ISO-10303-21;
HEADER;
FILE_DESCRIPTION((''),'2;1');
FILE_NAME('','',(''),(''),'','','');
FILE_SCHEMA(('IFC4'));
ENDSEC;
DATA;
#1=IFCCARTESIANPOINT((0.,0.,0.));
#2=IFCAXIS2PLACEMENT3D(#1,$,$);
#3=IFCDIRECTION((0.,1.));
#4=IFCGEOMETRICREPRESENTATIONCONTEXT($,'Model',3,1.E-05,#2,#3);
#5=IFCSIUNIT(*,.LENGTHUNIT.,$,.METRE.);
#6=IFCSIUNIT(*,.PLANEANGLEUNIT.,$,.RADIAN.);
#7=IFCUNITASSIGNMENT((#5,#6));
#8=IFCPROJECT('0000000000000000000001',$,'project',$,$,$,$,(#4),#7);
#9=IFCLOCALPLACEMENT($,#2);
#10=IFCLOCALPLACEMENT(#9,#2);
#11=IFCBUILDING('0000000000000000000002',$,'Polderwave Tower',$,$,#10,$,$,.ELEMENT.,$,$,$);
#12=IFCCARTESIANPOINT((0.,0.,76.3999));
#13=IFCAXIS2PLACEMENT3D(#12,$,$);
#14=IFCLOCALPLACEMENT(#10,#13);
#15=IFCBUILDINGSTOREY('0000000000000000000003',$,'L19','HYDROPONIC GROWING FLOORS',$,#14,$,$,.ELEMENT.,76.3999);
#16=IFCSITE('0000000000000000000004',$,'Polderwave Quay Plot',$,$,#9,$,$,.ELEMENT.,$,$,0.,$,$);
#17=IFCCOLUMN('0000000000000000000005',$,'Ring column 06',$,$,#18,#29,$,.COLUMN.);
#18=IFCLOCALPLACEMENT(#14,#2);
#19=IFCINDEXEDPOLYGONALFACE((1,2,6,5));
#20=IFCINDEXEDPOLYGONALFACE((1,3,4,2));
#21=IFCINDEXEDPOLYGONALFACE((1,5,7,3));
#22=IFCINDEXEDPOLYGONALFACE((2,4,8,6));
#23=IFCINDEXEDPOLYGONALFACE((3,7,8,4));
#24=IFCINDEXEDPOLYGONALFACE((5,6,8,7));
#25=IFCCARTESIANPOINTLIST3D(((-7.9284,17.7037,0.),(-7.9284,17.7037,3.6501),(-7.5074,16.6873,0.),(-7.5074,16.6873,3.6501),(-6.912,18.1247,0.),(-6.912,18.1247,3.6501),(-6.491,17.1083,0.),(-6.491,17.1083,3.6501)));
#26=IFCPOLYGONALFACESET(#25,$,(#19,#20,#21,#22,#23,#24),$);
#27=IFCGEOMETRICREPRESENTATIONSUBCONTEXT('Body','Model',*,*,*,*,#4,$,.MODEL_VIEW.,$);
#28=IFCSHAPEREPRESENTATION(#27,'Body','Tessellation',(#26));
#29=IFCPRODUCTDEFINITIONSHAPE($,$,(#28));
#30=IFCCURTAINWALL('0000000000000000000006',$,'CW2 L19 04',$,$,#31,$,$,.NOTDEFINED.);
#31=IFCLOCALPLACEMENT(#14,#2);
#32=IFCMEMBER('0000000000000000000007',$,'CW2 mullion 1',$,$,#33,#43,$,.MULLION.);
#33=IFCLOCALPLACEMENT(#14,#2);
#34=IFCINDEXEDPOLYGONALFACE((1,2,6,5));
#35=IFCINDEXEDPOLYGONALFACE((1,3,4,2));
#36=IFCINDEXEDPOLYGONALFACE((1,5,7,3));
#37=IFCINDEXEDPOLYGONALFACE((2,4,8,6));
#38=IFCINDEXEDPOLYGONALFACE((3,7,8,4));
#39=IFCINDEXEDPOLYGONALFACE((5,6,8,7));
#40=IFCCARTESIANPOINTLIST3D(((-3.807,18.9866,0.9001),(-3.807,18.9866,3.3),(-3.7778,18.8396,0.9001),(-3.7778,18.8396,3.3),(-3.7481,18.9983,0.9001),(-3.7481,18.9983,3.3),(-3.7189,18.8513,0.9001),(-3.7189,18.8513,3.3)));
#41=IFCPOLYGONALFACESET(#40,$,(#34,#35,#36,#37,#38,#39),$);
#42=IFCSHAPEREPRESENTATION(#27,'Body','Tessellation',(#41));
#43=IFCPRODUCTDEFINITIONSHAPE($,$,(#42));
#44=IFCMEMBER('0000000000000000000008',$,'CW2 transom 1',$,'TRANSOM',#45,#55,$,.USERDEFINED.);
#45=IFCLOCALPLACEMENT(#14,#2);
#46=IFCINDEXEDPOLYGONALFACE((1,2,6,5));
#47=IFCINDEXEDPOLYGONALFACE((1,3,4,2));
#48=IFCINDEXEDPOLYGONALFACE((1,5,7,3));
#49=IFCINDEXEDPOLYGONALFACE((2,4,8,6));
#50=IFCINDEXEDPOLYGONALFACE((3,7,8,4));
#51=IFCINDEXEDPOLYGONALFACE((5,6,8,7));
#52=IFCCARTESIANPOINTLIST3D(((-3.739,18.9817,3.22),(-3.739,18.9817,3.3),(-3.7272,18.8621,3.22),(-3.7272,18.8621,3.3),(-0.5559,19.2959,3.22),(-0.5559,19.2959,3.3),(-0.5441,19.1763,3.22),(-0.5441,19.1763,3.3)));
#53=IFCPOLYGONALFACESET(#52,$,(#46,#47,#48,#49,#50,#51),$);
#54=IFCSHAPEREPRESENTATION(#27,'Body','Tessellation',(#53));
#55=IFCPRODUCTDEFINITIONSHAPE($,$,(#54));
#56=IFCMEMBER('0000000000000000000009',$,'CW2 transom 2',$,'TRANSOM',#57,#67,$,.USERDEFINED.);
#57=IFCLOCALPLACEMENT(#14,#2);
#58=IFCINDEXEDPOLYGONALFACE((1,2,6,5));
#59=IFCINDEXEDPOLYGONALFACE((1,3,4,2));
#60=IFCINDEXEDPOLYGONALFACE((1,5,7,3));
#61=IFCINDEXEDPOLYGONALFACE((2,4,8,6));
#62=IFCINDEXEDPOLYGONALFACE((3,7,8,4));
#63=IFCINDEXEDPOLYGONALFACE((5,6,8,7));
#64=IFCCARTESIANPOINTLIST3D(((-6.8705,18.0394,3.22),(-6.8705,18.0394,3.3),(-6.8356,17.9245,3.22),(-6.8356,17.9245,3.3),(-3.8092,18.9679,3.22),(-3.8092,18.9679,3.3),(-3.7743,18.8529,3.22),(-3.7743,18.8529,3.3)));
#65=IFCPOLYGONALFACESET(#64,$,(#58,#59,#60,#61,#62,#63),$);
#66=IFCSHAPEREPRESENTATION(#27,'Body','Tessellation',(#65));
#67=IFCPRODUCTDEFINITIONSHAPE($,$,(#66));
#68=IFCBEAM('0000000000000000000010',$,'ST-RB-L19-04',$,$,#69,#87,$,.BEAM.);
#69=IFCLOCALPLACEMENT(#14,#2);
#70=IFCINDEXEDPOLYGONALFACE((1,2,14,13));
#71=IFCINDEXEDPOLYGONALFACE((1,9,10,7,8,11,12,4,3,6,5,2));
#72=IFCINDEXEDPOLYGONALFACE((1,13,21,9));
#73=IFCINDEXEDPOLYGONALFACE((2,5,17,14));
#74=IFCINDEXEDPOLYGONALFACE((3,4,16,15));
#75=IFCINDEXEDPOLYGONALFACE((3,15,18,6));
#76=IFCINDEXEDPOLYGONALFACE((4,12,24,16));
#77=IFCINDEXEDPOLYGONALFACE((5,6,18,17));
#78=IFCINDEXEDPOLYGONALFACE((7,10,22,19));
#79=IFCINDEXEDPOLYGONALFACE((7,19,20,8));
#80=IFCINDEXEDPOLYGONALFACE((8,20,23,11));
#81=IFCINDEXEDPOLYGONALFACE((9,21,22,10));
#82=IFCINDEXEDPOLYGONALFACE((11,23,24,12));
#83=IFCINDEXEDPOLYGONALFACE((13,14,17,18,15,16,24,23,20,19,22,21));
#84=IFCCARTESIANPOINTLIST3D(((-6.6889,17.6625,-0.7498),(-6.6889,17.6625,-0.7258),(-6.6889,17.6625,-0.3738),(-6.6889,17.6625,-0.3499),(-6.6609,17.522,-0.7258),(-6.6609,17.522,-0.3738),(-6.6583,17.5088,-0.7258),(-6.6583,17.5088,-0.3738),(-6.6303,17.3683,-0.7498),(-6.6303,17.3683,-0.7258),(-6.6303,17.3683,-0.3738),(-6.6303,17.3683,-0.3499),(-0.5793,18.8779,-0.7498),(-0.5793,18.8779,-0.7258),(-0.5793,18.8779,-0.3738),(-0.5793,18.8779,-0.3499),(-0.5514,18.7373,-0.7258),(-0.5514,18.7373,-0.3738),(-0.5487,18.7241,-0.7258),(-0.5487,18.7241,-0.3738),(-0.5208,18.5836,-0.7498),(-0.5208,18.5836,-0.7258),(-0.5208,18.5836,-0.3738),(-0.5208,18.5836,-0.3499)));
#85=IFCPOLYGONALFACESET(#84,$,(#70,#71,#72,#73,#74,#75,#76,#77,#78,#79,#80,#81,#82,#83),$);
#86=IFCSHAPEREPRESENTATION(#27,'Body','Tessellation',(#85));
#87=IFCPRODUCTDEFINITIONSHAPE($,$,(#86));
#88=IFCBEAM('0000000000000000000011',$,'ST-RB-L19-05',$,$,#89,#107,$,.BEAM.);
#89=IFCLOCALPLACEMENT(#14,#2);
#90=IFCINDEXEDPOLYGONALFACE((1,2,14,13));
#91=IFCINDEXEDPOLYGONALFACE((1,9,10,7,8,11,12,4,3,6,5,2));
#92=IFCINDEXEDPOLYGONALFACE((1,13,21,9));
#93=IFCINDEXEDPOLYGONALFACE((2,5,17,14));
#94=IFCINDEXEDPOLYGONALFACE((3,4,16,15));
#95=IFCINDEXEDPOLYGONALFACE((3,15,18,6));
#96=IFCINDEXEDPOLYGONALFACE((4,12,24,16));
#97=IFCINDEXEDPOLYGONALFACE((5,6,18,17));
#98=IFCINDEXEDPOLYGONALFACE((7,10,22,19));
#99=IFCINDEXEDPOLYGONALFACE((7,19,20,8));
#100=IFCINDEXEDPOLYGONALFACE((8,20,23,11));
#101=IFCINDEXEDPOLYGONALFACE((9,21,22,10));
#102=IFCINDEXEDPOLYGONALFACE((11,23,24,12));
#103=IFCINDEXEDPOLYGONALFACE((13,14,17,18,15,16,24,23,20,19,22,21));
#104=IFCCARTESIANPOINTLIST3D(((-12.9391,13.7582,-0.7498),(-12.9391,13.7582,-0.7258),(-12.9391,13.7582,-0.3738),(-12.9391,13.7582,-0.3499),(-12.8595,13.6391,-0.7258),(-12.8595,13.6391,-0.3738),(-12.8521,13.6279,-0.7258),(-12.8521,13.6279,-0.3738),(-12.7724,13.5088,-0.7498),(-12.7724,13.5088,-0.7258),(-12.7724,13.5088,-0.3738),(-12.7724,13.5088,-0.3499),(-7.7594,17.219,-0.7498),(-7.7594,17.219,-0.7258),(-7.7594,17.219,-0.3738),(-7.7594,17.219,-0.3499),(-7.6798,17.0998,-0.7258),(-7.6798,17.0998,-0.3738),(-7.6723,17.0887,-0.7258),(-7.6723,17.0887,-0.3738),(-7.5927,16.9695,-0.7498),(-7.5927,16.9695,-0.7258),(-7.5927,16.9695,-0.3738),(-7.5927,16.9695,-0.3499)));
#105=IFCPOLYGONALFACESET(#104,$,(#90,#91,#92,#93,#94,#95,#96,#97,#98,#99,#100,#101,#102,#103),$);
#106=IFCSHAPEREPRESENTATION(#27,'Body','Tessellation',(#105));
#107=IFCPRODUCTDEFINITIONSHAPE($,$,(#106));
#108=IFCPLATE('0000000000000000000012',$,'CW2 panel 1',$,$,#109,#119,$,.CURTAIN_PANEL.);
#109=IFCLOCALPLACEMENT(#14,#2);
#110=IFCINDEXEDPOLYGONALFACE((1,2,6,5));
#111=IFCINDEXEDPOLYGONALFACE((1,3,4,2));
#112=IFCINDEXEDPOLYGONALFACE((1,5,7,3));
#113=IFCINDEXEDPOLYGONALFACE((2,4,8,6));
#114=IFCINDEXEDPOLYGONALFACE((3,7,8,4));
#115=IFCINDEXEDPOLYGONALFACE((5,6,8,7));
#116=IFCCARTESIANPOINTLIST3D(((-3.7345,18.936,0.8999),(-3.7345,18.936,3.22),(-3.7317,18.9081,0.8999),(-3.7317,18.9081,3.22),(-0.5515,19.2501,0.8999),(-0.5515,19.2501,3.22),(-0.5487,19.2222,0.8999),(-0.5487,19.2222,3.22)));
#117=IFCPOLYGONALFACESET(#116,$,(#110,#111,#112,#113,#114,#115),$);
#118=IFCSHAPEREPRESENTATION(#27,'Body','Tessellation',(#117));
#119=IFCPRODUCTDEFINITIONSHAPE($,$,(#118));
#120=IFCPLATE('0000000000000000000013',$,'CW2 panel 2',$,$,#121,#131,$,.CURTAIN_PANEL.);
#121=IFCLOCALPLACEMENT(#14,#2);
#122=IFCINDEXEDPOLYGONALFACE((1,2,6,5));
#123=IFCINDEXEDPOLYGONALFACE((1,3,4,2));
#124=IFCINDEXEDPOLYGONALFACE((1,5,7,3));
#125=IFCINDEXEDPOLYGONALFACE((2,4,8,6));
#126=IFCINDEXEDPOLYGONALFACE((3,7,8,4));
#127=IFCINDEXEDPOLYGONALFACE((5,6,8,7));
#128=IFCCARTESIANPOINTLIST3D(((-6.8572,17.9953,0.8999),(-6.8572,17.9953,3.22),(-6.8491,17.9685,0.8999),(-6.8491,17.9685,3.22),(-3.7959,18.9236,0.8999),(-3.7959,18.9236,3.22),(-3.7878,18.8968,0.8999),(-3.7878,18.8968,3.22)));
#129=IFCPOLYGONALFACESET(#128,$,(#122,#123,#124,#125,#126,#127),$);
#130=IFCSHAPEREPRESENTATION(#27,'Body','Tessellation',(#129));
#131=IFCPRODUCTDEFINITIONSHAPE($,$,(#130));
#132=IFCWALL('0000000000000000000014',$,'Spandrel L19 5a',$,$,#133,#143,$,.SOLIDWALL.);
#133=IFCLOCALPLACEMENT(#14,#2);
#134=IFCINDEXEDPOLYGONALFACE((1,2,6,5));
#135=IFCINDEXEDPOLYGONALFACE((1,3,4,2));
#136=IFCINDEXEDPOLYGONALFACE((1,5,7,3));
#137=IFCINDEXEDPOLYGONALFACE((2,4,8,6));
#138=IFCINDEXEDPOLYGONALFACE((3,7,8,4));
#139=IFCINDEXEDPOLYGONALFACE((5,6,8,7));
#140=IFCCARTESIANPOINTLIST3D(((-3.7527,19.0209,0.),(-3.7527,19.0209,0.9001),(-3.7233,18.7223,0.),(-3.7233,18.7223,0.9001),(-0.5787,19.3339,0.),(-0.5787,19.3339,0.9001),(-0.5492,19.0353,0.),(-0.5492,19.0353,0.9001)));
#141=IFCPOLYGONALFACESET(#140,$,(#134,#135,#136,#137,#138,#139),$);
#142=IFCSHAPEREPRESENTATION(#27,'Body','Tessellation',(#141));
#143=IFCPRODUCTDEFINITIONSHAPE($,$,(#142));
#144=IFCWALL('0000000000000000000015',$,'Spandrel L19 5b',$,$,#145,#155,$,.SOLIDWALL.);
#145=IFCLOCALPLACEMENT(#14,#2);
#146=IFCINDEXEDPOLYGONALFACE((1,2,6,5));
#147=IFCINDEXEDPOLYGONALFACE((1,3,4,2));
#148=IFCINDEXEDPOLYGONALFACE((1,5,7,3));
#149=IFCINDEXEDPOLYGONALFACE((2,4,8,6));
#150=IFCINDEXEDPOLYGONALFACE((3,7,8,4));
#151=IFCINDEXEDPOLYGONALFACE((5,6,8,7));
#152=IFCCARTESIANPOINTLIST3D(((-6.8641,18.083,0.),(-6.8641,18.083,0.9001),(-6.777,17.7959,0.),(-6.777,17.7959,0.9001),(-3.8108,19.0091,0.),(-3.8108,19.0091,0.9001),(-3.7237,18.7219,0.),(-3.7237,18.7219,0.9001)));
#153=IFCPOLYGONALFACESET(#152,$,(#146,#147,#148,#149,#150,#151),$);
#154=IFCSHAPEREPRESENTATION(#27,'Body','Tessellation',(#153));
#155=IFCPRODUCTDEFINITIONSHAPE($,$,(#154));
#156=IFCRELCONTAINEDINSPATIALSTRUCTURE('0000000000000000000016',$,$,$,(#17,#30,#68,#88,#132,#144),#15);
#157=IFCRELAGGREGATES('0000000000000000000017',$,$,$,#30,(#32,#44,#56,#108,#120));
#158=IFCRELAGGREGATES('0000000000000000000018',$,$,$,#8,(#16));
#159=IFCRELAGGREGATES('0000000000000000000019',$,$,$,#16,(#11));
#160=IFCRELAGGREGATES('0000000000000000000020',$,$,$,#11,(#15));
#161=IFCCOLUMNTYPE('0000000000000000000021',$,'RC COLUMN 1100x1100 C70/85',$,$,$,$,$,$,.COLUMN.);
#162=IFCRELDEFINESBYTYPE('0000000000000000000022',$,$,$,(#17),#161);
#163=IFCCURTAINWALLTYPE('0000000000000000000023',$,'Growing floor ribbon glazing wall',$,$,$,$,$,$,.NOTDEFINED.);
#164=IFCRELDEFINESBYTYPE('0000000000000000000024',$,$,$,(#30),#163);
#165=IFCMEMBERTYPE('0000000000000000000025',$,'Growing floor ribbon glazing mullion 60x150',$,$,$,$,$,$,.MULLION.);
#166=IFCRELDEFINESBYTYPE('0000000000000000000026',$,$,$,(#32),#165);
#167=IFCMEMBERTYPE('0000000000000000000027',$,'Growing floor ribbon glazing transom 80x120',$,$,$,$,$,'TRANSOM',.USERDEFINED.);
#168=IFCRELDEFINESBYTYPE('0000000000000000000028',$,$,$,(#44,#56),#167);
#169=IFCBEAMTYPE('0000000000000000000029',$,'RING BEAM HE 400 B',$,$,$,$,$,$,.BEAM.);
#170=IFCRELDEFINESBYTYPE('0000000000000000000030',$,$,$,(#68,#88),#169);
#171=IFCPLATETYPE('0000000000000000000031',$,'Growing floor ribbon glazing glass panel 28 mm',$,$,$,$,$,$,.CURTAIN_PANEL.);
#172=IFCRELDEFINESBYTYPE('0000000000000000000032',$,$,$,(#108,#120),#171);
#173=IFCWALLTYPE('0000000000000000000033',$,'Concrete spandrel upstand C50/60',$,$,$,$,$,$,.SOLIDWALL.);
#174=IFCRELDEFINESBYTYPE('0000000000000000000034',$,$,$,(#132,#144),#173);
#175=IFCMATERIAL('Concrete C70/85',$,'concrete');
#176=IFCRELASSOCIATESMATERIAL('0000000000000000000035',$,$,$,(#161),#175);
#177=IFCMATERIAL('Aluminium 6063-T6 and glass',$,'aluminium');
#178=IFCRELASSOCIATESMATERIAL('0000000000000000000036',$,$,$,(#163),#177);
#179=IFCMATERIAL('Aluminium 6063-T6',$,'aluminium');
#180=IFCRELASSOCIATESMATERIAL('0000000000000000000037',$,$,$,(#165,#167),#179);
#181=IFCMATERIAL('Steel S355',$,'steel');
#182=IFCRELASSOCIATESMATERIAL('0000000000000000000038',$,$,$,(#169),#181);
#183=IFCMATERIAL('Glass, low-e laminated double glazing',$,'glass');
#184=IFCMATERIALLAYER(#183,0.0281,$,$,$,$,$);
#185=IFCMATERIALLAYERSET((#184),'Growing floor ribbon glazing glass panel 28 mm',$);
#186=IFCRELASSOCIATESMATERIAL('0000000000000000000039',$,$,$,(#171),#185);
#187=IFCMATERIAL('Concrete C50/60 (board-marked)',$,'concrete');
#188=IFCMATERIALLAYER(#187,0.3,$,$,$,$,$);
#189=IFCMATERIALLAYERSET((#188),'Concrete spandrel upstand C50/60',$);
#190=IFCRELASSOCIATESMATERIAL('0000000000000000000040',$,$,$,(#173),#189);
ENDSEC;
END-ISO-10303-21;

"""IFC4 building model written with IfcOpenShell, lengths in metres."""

from ifc_helpers import new_model, si_unit, direction, frame, frame_2d, origin, origin_2d, place, context, subcontext, project, spatial, rectangle, i_section, extrude, material, layer, layer_set, material_profile, profile_set, type_object, element, aggregate, save


model = new_model("IFC4")

# Units and contexts
model_context = context("Model", 3, precision=1e-05, world=origin(), true_north=direction((0.0, 1.0)))
body_context = subcontext(model_context, "Body", "Model", "MODEL_VIEW")
ifc_project = project(units=[si_unit("LENGTHUNIT", "METRE"), si_unit("PLANEANGLEUNIT", "RADIAN")], contexts=[model_context])

# Site, building, storey
site_placement = place(None, origin())
site = spatial("IfcSite", under=ifc_project, at=site_placement, Name="Polderwave Quay Plot", CompositionType="ELEMENT", RefElevation=0.0)
building_placement = place(site_placement, origin())
building = spatial("IfcBuilding", under=site, at=building_placement, Name="Polderwave Tower", CompositionType="ELEMENT")
storey_placement = place(building_placement, frame((0.0, 0.0, 76.3999)))
storey = spatial("IfcBuildingStorey", under=building, at=storey_placement, Name="L19", Description="HYDROPONIC GROWING FLOORS", CompositionType="ELEMENT", Elevation=76.3999)

# Column
ifc_material_1 = material(Name="Concrete C70/85", Category="concrete")
ifc_material_profile_1 = material_profile(ifc_material_1, rectangle(XDim=1.1001, YDim=1.1001, at=origin_2d()), Name="RC 1100x1100")
ifc_profile_set_1 = profile_set([ifc_material_profile_1], Name="Concrete C70/85")
column_type = type_object("IfcColumnType", Name="RC COLUMN 1100x1100 C70/85", PredefinedType="COLUMN", material=ifc_profile_set_1)
column_placement = place(storey_placement, frame((-7.2097, 17.406, 0.0), z_axis=(0.0, 0.0, 1.0), x_axis=(-0.382683, 0.92388, 0.0)))
element("IfcColumn", 1, at=column_placement, inside=storey, type_object=column_type, Name="Ring column 06", PredefinedType="COLUMN", context=body_context, shape_type="SweptSolid", body=[
    extrude(rectangle(XDim=1.1001, YDim=1.1001, at=origin_2d()), origin(), (0.0, 0.0, 1.0), 3.6501),
])

# Curtain wall, members
ifc_material_2 = material(Name="Aluminium 6063-T6 and glass", Category="aluminium")
curtain_wall_type = type_object("IfcCurtainWallType", Name="Growing floor ribbon glazing wall", PredefinedType="NOTDEFINED", material=ifc_material_2)
curtain_wall_placement = place(storey_placement, origin())
curtain_wall = element("IfcCurtainWall", 2, at=curtain_wall_placement, inside=storey, type_object=curtain_wall_type, Name="CW2 L19 04", PredefinedType="NOTDEFINED")
ifc_material_3 = material(Name="Aluminium 6063-T6", Category="aluminium")
ifc_material_profile_2 = material_profile(ifc_material_3, rectangle(XDim=0.1499, YDim=0.0601, at=origin_2d()), Name="AL 60x150")
ifc_profile_set_2 = profile_set([ifc_material_profile_2], Name="Aluminium 6063-T6")
member_type_1 = type_object("IfcMemberType", Name="Growing floor ribbon glazing mullion 60x150", PredefinedType="MULLION", material=ifc_profile_set_2)
member_1_placement = place(storey_placement, frame((-3.7629, 18.9189, 0.9001), z_axis=(0.0, 0.0, 1.0), x_axis=(0.195123, -0.980779, 0.0)))
member_1 = element("IfcMember", 3, at=member_1_placement, type_object=member_type_1, Name="CW2 mullion 1", PredefinedType="MULLION", context=body_context, shape_type="SweptSolid", body=[
    extrude(rectangle(XDim=0.1499, YDim=0.0601, at=origin_2d()), origin(), (0.0, 0.0, 1.0), 2.3999),
])
ifc_material_profile_3 = material_profile(ifc_material_3, rectangle(XDim=0.1201, YDim=0.0801, at=origin_2d()), Name="AL 80x120")
ifc_profile_set_3 = profile_set([ifc_material_profile_3], Name="Aluminium 6063-T6")
member_type_2 = type_object("IfcMemberType", Name="Growing floor ribbon glazing transom 80x120", ElementType="TRANSOM", PredefinedType="USERDEFINED", material=ifc_profile_set_3)
member_2_placement = place(storey_placement, frame((-0.55, 19.2361, 3.26), z_axis=(-0.995163, -0.098234, 0.0), x_axis=(0.098234, -0.995163, 0.0)))
member_2 = element("IfcMember", 4, at=member_2_placement, type_object=member_type_2, Name="CW2 transom 1", ObjectType="TRANSOM", PredefinedType="USERDEFINED", context=body_context, shape_type="SweptSolid", body=[
    extrude(rectangle(XDim=0.1201, YDim=0.0801, at=origin_2d()), origin(), (0.0, 0.0, 1.0), 3.1985),
])
member_3_placement = place(storey_placement, frame((-3.7917, 18.9104, 3.26), z_axis=(-0.956954, -0.290238, 0.0), x_axis=(0.290238, -0.956954, 0.0)))
member_3 = element("IfcMember", 5, at=member_3_placement, type_object=member_type_2, Name="CW2 transom 2", ObjectType="TRANSOM", PredefinedType="USERDEFINED", context=body_context, shape_type="SweptSolid", body=[
    extrude(rectangle(XDim=0.1201, YDim=0.0801, at=origin_2d()), origin(), (0.0, 0.0, 1.0), 3.199),
])

# Beams
ifc_material_4 = material(Name="Steel S355", Category="steel")
ifc_material_profile_4 = material_profile(ifc_material_4, i_section(OverallWidth=0.3, OverallDepth=0.3999, WebThickness=0.0134, FlangeThickness=0.0239, at=origin_2d()), Name="HE 400 B")
ifc_profile_set_4 = profile_set([ifc_material_profile_4], Name="Steel S355")
beam_type = type_object("IfcBeamType", Name="RING BEAM HE 400 B", PredefinedType="BEAM", material=ifc_profile_set_4)
beam_1_placement = place(storey_placement, frame((-0.55, 18.7307, -0.5498), z_axis=(-0.980784, -0.195099, 0.0), x_axis=(0.195099, -0.980784, 0.0)))
element("IfcBeam", 6, at=beam_1_placement, inside=storey, type_object=beam_type, Name="ST-RB-L19-04", PredefinedType="BEAM", context=body_context, shape_type="SweptSolid", body=[
    extrude(i_section(OverallWidth=0.3, OverallDepth=0.3999, WebThickness=0.0134, FlangeThickness=0.0239, at=origin_2d()), origin(), (0.0, 0.0, 1.0), 6.2292),
])
beam_2_placement = place(storey_placement, frame((-7.676, 17.0942, -0.5498), z_axis=(-0.831489, -0.555541, 0.0), x_axis=(0.555541, -0.831489, 0.0)))
element("IfcBeam", 7, at=beam_2_placement, inside=storey, type_object=beam_type, Name="ST-RB-L19-05", PredefinedType="BEAM", context=body_context, shape_type="SweptSolid", body=[
    extrude(i_section(OverallWidth=0.3, OverallDepth=0.3999, WebThickness=0.0134, FlangeThickness=0.0239, at=origin_2d()), origin(), (0.0, 0.0, 1.0), 6.2295),
])

# Plates
ifc_material_5 = material(Name="Glass, low-e laminated double glazing", Category="glass")
ifc_layer_1 = layer(ifc_material_5, 0.0281)
ifc_layer_set_1 = layer_set([ifc_layer_1], Name="Growing floor ribbon glazing glass panel 28 mm")
plate_type = type_object("IfcPlateType", Name="Growing floor ribbon glazing glass panel 28 mm", PredefinedType="CURTAIN_PANEL", material=ifc_layer_set_1)
plate_1_placement = place(storey_placement, frame((-2.1416, 19.0791, 0.8999), z_axis=(0.0, 0.0, 1.0), x_axis=(-0.995168, -0.098186, 0.0)))
plate_1 = element("IfcPlate", 8, at=plate_1_placement, type_object=plate_type, Name="CW2 panel 1", PredefinedType="CURTAIN_PANEL", context=body_context, shape_type="SweptSolid", body=[
    extrude(rectangle(XDim=3.1985, YDim=0.0281, at=origin_2d()), origin(), (0.0, 0.0, 1.0), 2.3201),
])
plate_2_placement = place(storey_placement, frame((-5.3225, 18.446, 0.8999), z_axis=(0.0, 0.0, 1.0), x_axis=(-0.95697, -0.290188, 0.0)))
plate_2 = element("IfcPlate", 9, at=plate_2_placement, type_object=plate_type, Name="CW2 panel 2", PredefinedType="CURTAIN_PANEL", context=body_context, shape_type="SweptSolid", body=[
    extrude(rectangle(XDim=3.199, YDim=0.0281, at=origin_2d()), origin(), (0.0, 0.0, 1.0), 2.3201),
])
aggregate(curtain_wall, [member_1, member_2, member_3, plate_1, plate_2])

# Walls
ifc_material_6 = material(Name="Concrete C50/60 (board-marked)", Category="concrete")
ifc_layer_2 = layer(ifc_material_6, 0.3)
ifc_layer_set_2 = layer_set([ifc_layer_2], Name="Concrete spandrel upstand C50/60")
wall_type_1 = type_object("IfcWallType", Name="Concrete spandrel upstand C50/60", PredefinedType="SOLIDWALL", material=ifc_layer_set_2)
wall_1_placement = place(storey_placement, frame((-0.564, 19.1846, 0.0), z_axis=(0.0, 0.0, 1.0), x_axis=(-0.995173, -0.098132, 0.0)))
element("IfcWall", 10, at=wall_1_placement, inside=storey, type_object=wall_type_1, Name="Spandrel L19 5a", PredefinedType="SOLIDWALL", context=body_context, shape_type="SweptSolid", body=[
    extrude(rectangle(XDim=3.1895, YDim=0.3, at=frame_2d((1.5947, 0.0))), origin(), (0.0, 0.0, 1.0), 0.9001),
])
wall_2_placement = place(storey_placement, frame((-3.7673, 18.8655, 0.0), z_axis=(0.0, 0.0, 1.0), x_axis=(-0.956954, -0.290239, 0.0)))
element("IfcWall", 11, at=wall_2_placement, inside=storey, type_object=wall_type_1, Name="Spandrel L19 5b", PredefinedType="SOLIDWALL", context=body_context, shape_type="SweptSolid", body=[
    extrude(rectangle(XDim=3.1907, YDim=0.3, at=frame_2d((1.5952, 0.0))), origin(), (0.0, 0.0, 1.0), 0.9001),
])

save(model, "model.ifc")
